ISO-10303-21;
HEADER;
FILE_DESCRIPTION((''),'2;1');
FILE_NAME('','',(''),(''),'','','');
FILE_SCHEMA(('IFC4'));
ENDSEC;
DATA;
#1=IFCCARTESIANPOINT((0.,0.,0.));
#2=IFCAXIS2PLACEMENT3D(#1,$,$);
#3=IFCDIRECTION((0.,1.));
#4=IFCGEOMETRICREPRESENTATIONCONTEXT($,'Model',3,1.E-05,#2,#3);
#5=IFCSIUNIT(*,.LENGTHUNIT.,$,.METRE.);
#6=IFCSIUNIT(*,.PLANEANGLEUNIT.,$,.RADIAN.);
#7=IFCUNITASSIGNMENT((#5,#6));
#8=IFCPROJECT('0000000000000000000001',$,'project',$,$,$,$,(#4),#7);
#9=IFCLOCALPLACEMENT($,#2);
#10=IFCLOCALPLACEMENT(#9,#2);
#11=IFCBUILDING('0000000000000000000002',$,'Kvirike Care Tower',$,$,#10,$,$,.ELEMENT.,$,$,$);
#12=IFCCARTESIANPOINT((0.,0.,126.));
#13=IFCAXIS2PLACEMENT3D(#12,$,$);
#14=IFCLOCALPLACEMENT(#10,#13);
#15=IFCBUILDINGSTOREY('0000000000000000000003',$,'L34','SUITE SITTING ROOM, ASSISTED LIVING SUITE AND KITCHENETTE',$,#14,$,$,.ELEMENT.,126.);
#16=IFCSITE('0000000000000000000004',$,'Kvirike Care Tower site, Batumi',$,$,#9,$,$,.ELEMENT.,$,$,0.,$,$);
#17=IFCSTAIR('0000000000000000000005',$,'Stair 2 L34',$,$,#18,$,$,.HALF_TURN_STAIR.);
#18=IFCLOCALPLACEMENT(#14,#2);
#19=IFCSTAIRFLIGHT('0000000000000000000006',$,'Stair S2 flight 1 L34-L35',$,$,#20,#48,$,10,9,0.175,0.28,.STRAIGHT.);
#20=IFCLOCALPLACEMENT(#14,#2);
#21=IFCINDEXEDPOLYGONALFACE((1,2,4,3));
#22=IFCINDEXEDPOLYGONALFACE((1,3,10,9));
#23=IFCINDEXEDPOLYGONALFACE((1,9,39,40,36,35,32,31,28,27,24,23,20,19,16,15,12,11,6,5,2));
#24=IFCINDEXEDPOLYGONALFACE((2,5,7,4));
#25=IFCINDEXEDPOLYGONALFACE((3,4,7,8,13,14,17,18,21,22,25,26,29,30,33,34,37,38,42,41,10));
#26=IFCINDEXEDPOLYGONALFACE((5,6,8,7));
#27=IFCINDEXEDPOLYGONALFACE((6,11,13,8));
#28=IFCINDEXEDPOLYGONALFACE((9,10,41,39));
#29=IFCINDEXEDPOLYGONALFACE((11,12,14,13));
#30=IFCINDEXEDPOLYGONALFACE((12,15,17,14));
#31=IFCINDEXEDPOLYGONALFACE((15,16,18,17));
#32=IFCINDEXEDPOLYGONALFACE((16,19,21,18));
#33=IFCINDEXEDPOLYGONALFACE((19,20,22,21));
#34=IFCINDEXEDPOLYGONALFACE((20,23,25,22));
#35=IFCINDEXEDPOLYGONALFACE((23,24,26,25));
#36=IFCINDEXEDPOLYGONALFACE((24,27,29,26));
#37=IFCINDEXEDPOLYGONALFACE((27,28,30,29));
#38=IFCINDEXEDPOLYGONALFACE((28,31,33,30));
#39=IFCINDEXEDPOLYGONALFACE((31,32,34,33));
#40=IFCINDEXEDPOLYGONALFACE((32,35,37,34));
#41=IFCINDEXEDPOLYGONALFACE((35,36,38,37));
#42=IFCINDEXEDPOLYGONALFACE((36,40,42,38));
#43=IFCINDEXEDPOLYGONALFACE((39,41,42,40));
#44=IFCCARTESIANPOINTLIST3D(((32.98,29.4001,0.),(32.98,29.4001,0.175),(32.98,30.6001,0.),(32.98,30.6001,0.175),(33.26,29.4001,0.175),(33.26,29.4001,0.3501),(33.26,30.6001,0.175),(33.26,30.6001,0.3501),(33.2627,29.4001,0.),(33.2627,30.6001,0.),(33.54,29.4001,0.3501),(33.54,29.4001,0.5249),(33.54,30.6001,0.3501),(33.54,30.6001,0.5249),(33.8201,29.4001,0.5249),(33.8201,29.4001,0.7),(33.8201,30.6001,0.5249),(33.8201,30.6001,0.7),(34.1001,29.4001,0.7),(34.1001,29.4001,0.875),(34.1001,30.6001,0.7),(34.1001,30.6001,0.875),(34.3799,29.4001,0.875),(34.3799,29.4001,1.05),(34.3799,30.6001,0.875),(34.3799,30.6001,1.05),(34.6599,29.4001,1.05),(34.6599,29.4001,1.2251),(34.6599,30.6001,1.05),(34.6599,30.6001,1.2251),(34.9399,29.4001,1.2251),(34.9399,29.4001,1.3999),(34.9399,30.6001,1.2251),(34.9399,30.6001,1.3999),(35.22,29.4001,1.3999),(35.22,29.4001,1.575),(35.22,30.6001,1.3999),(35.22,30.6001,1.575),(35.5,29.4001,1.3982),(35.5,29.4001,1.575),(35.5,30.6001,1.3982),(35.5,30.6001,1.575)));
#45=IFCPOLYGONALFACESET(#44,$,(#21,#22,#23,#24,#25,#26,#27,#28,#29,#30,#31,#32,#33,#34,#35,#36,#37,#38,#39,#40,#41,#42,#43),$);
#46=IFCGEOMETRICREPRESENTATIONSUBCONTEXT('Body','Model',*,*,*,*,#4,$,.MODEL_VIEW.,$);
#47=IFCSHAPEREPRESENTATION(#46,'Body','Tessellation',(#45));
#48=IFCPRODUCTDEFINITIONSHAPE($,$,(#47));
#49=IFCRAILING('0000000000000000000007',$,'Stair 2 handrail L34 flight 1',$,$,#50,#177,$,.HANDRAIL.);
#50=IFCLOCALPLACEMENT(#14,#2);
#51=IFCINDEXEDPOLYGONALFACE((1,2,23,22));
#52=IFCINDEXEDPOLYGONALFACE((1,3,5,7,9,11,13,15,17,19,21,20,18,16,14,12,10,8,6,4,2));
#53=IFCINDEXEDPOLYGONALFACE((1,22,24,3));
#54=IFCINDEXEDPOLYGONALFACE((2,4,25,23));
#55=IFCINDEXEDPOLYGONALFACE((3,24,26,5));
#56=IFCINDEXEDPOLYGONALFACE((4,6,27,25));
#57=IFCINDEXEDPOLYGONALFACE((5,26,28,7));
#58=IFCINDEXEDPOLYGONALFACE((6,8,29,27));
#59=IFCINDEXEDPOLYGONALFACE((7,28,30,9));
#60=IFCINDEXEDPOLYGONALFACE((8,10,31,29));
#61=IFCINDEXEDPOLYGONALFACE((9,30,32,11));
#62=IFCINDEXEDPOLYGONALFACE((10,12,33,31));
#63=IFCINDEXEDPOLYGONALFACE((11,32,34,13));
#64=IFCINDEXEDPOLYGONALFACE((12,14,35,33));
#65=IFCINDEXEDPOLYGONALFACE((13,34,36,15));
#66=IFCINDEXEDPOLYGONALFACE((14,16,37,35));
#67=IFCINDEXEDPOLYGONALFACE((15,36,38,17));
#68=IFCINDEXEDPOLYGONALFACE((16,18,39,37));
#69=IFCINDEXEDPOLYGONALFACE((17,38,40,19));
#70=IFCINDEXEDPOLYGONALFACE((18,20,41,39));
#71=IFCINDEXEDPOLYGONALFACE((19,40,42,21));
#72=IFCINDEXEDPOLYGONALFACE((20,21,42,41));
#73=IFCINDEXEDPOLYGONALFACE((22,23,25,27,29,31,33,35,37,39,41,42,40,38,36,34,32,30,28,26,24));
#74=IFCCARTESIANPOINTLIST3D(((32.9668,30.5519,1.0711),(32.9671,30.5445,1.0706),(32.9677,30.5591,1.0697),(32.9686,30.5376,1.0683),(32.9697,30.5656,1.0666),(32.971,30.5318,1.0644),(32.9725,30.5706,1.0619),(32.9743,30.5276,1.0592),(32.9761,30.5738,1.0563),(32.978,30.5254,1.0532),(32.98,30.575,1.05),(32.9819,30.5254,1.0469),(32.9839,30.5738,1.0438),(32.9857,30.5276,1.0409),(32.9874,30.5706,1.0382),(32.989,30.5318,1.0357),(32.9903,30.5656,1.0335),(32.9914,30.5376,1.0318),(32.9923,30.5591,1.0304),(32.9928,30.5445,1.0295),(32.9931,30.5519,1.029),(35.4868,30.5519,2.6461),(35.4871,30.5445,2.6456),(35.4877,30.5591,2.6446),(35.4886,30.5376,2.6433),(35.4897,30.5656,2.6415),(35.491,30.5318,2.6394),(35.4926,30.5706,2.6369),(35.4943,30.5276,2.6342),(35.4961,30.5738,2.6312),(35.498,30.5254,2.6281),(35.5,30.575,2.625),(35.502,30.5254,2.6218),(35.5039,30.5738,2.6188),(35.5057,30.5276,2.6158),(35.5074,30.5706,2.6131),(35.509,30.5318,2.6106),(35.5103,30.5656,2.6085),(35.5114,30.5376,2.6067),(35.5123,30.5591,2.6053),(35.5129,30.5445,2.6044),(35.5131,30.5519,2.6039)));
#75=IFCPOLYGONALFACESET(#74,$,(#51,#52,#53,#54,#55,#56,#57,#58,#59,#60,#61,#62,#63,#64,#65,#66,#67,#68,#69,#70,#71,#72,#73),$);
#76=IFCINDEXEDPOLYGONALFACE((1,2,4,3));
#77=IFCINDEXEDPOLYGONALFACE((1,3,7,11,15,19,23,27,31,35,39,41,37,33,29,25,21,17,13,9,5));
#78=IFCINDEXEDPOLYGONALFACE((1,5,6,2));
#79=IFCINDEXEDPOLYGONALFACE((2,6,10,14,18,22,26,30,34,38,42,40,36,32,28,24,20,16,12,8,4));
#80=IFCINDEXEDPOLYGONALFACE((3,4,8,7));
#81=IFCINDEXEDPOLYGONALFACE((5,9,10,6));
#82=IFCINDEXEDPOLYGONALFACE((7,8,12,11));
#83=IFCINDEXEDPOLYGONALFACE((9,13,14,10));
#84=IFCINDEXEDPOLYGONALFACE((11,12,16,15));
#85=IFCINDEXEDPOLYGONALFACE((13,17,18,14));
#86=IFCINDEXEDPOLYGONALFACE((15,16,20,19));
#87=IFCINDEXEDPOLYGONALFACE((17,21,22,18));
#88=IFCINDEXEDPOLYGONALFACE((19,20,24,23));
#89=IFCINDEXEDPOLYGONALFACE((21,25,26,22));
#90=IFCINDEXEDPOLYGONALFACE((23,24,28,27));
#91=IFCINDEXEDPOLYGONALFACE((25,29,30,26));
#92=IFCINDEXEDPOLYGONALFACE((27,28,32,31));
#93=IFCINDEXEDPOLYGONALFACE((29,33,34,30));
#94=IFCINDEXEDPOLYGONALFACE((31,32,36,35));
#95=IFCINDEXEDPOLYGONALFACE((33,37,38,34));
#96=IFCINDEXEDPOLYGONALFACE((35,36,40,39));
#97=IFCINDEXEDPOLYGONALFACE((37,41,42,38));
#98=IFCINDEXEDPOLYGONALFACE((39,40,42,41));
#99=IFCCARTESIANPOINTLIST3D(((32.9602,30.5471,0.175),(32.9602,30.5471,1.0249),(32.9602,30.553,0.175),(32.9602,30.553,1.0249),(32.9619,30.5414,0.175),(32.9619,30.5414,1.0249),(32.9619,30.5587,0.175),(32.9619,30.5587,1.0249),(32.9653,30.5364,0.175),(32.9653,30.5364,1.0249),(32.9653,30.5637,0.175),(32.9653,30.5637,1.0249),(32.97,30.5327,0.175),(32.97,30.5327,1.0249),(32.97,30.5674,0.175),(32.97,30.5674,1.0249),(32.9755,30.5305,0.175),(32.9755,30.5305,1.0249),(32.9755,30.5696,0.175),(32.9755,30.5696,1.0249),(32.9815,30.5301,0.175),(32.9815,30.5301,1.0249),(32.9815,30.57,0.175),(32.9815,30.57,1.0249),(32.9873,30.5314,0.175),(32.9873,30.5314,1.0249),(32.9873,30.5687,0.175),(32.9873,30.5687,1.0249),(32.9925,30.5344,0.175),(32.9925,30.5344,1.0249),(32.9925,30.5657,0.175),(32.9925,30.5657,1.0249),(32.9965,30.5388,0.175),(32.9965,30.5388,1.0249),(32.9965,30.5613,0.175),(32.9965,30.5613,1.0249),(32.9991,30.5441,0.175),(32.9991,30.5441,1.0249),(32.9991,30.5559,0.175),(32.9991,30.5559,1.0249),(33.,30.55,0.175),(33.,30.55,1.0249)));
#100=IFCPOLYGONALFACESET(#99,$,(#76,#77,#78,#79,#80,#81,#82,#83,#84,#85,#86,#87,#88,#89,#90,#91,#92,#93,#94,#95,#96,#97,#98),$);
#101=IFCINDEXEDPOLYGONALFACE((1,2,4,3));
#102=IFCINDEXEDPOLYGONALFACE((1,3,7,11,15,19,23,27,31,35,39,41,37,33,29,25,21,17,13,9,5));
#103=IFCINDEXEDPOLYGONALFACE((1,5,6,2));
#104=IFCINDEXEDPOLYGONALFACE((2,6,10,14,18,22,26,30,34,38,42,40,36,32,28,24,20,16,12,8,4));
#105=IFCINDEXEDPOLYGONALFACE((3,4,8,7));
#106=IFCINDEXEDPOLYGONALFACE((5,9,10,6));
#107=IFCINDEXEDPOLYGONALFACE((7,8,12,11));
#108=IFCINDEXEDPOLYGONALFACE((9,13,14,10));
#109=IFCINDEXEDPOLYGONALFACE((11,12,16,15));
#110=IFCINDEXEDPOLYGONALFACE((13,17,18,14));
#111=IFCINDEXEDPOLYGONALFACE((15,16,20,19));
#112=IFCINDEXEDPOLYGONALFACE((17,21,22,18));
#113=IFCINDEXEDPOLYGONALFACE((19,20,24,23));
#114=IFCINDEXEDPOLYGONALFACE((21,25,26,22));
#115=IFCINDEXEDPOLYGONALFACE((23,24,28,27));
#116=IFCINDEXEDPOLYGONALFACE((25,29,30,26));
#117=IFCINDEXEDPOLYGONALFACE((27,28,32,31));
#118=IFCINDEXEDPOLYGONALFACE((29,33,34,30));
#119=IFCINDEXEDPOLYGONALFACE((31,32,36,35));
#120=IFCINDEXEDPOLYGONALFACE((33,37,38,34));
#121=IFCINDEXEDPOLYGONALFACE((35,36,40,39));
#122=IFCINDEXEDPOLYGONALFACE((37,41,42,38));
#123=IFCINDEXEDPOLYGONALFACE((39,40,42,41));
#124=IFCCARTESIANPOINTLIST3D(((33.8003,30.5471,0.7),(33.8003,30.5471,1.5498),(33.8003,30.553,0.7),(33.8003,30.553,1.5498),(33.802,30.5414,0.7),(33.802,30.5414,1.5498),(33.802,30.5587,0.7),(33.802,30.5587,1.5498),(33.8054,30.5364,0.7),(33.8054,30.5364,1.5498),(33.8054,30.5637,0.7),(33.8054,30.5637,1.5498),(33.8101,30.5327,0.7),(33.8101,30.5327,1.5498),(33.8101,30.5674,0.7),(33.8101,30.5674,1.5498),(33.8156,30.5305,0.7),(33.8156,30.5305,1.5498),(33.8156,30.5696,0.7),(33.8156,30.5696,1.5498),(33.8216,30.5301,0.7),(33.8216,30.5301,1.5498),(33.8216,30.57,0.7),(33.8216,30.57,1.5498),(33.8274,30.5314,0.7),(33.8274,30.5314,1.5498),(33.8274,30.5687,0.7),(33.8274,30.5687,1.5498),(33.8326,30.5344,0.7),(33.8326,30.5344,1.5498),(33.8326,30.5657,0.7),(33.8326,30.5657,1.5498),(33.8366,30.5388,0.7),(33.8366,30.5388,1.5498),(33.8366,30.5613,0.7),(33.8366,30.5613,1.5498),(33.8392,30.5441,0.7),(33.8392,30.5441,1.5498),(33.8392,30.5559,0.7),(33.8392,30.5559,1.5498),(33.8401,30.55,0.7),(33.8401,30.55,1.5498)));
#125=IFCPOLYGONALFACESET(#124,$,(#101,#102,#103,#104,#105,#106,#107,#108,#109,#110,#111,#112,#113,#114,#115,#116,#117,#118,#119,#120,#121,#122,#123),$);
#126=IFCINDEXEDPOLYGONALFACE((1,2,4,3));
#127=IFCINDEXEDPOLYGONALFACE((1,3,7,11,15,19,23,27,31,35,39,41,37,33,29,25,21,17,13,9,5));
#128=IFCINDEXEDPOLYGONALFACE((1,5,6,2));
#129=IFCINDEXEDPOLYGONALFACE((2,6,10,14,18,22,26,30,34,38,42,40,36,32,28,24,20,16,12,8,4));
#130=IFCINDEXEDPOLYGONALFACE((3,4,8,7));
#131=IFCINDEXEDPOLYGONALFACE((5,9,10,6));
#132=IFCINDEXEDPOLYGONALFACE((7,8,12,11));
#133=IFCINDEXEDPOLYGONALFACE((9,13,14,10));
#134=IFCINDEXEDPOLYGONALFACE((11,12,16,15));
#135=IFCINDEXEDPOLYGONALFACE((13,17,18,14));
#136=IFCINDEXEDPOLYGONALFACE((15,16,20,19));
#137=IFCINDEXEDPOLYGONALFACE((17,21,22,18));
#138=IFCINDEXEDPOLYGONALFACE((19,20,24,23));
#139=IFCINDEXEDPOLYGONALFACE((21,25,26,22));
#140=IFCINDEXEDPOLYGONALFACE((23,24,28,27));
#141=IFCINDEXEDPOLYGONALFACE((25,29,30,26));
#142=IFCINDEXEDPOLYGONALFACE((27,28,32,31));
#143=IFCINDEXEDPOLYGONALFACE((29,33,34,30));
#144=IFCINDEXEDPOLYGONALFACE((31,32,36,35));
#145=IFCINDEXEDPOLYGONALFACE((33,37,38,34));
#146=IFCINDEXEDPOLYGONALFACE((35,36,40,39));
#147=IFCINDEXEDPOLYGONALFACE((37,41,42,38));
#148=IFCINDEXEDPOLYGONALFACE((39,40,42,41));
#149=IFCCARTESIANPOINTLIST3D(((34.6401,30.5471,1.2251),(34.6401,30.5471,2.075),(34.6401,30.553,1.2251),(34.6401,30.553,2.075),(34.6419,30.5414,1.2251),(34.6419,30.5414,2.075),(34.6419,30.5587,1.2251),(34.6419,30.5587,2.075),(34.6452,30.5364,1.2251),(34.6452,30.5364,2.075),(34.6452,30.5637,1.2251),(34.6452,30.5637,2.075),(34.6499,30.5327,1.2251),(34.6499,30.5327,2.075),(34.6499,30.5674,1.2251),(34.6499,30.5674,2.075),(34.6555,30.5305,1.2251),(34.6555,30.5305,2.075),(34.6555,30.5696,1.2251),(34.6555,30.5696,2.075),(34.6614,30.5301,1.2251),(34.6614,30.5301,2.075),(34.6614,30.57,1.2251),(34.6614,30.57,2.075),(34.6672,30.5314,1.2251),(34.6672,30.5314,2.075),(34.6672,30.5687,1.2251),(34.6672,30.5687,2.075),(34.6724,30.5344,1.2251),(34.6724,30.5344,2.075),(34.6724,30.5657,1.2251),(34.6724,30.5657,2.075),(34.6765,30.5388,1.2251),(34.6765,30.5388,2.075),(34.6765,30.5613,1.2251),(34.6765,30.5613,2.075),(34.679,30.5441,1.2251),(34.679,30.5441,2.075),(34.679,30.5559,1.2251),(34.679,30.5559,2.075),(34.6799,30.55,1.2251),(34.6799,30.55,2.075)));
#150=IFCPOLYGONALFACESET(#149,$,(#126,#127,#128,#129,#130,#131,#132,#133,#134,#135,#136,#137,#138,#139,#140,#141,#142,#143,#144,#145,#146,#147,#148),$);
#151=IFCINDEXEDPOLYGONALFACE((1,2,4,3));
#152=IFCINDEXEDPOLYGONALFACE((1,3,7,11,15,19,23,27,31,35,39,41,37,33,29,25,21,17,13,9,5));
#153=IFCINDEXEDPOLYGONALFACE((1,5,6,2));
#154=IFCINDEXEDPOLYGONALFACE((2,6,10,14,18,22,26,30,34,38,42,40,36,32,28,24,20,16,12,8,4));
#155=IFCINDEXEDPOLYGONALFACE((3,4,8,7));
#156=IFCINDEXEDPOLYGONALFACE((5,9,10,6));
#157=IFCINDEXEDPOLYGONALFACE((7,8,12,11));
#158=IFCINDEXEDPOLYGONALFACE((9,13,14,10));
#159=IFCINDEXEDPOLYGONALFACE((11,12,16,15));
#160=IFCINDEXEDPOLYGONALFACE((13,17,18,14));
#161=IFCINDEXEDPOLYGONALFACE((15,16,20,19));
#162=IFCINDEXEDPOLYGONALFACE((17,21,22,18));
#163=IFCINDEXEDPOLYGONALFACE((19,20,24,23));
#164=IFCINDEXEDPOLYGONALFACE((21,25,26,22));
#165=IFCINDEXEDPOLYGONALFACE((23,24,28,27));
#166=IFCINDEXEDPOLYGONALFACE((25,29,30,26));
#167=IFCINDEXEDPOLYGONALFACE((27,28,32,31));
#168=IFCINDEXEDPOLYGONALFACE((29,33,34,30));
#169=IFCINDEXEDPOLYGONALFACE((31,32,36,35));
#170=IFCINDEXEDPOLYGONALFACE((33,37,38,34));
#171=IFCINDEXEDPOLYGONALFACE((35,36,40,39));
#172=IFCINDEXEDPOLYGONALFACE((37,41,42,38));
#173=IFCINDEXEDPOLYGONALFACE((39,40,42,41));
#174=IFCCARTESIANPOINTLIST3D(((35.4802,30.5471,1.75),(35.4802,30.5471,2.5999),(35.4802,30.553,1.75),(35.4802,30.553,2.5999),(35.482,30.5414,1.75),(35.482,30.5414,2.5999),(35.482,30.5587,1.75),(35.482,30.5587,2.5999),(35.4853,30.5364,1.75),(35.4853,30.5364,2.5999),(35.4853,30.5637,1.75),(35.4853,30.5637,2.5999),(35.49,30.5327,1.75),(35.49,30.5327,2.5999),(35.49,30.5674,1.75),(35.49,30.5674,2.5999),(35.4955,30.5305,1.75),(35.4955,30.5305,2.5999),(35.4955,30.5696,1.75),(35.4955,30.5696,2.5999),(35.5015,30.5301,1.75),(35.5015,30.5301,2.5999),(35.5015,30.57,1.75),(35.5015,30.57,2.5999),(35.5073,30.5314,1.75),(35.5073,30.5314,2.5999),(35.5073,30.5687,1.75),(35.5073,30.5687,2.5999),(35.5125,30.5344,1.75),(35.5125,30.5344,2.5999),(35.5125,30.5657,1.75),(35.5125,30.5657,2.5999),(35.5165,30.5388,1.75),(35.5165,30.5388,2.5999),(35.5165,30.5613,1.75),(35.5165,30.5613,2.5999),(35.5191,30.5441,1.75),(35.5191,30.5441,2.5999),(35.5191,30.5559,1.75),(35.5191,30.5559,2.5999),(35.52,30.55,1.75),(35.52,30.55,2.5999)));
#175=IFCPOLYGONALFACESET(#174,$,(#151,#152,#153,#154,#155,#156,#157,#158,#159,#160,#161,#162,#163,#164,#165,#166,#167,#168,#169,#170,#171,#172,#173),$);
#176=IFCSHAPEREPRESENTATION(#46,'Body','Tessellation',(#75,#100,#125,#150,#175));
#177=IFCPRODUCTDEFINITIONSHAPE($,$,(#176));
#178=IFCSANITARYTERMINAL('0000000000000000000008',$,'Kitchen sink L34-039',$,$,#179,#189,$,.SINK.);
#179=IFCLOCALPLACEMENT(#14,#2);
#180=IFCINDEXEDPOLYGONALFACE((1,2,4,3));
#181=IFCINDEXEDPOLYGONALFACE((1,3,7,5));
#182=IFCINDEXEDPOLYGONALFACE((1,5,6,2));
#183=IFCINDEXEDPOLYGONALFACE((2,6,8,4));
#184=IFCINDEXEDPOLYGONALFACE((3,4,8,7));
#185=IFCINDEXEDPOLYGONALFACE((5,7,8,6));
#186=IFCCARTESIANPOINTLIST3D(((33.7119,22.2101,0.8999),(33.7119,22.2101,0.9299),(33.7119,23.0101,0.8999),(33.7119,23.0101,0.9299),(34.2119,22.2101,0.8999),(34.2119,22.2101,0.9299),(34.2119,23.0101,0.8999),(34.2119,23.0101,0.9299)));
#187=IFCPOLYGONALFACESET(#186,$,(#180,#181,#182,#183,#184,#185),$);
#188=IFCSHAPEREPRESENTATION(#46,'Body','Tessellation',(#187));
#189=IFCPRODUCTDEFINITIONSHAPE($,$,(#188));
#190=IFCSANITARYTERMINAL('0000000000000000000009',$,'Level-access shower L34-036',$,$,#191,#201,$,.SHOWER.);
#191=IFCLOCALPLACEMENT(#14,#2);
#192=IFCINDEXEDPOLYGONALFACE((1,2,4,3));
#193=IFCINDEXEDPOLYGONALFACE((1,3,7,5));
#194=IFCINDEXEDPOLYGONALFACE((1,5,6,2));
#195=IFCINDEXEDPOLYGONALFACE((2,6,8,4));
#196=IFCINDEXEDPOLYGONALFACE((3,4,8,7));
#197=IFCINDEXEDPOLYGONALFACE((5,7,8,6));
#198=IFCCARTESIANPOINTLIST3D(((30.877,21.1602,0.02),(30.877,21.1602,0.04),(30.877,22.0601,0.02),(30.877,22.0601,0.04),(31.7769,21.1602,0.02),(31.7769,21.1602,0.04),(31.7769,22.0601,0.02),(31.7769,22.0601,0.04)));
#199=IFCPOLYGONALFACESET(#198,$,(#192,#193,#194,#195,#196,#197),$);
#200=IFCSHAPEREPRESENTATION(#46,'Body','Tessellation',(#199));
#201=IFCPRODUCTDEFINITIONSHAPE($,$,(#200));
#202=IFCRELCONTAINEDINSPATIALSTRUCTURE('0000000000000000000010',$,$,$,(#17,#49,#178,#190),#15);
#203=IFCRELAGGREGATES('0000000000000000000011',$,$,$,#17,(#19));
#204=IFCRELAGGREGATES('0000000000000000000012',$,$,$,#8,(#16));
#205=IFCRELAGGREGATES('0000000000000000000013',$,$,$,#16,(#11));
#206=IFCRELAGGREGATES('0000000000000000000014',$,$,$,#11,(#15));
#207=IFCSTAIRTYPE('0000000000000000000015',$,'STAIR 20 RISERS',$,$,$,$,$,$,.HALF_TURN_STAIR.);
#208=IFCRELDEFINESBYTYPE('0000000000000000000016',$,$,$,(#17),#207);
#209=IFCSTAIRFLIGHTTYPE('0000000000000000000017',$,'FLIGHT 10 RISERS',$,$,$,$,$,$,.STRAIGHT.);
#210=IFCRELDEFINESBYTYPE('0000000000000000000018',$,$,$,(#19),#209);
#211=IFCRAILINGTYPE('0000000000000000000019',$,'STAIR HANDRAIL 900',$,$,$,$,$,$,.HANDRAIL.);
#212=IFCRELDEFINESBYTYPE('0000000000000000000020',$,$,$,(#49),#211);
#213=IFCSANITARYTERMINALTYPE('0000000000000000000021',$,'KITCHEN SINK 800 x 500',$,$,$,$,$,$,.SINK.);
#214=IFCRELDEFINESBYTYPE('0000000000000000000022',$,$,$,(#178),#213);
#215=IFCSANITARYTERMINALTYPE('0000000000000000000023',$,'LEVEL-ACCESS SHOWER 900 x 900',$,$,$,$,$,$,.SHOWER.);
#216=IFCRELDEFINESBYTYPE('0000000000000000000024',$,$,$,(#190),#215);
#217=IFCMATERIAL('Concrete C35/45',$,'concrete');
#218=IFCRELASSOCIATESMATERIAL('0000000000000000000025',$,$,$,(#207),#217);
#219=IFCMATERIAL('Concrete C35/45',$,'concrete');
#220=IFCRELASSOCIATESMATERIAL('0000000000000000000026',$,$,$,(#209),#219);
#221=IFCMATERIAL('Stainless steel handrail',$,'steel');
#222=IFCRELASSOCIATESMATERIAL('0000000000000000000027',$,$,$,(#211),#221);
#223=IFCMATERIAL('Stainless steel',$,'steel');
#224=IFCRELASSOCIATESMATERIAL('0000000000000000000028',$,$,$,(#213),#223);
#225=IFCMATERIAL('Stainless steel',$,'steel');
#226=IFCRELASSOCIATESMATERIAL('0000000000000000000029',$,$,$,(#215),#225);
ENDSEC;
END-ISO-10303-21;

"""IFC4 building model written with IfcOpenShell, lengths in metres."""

from ifc_helpers import new_model, si_unit, direction, frame, origin, origin_2d, place, context, subcontext, project, spatial, polyline, rectangle, circle, outline, extrude, material, type_object, element, aggregate, save


model = new_model("IFC4")

# Units and contexts
model_context = context("Model", 3, precision=1e-05, world=origin(), true_north=direction((0.0, 1.0)))
body_context = subcontext(model_context, "Body", "Model", "MODEL_VIEW")
ifc_project = project(units=[si_unit("LENGTHUNIT", "METRE"), si_unit("PLANEANGLEUNIT", "RADIAN")], contexts=[model_context])

# Site, building, storey
site_placement = place(None, origin())
site = spatial("IfcSite", under=ifc_project, at=site_placement, Name="Kvirike Care Tower site, Batumi", CompositionType="ELEMENT", RefElevation=0.0)
building_placement = place(site_placement, origin())
building = spatial("IfcBuilding", under=site, at=building_placement, Name="Kvirike Care Tower", CompositionType="ELEMENT")
storey_placement = place(building_placement, frame((0.0, 0.0, 126.0)))
storey = spatial("IfcBuildingStorey", under=building, at=storey_placement, Name="L34", Description="SUITE SITTING ROOM, ASSISTED LIVING SUITE AND KITCHENETTE", CompositionType="ELEMENT", Elevation=126.0)

# Stair, stair flight
ifc_material_1 = material(Name="Concrete C35/45", Category="concrete")
stair_type = type_object("IfcStairType", Name="STAIR 20 RISERS", PredefinedType="HALF_TURN_STAIR", material=ifc_material_1)
stair_placement = place(storey_placement, origin())
stair = element("IfcStair", 1, at=stair_placement, inside=storey, type_object=stair_type, Name="Stair 2 L34", PredefinedType="HALF_TURN_STAIR")
ifc_material_2 = material(Name="Concrete C35/45", Category="concrete")
stair_flight_type = type_object("IfcStairFlightType", Name="FLIGHT 10 RISERS", PredefinedType="STRAIGHT", material=ifc_material_2)
stair_flight_placement = place(storey_placement, frame((32.98, 30.0, 0.0), z_axis=(0.0, 0.0, 1.0), x_axis=(1.0, 0.0, 0.0)))
stair_flight = element("IfcStairFlight", 2, at=stair_flight_placement, type_object=stair_flight_type, Name="Stair S2 flight 1 L34-L35", NumberOfRisers=10, NumberOfTreads=9, PredefinedType="STRAIGHT", RiserHeight=0.175, TreadLength=0.28, context=body_context, shape_type="SweptSolid", body=[
    extrude(outline(polyline([(0.0, 0.0), (0.0, 0.175), (0.28, 0.175), (0.28, 0.3501), (0.5601, 0.3501), (0.5601, 0.5249), (0.8401, 0.5249), (0.8401, 0.7), (1.1201, 0.7), (1.1201, 0.875), (1.3999, 0.875), (1.3999, 1.05), (1.6799, 1.05), (1.6799, 1.2251), (1.96, 1.2251), (1.96, 1.3999), (2.24, 1.3999), (2.24, 1.575), (2.52, 1.575), (2.52, 1.75), (2.52, 1.3982), (0.2827, 0.0), (0.0, 0.0)])), frame((0.0, 0.6001, 0.0), z_axis=(0.0, -1.0, 0.0), x_axis=(1.0, 0.0, 0.0)), (0.0, 0.0, 1.0), 1.2),
])
aggregate(stair, [stair_flight])

# Railing
ifc_material_3 = material(Name="Stainless steel handrail", Category="steel")
railing_type = type_object("IfcRailingType", Name="STAIR HANDRAIL 900", PredefinedType="HANDRAIL", material=ifc_material_3)
railing_placement = place(storey_placement, frame((32.98, 30.55, 0.175)))
element("IfcRailing", 3, at=railing_placement, inside=storey, type_object=railing_type, Name="Stair 2 handrail L34 flight 1", PredefinedType="HANDRAIL", context=body_context, shape_type="SweptSolid", body=[
    extrude(circle(Radius=0.0249, at=origin_2d()), frame((0.0, 0.0, 0.875), z_axis=(0.848008, 0.0, 0.529984), x_axis=(0.0, 1.0, 0.0)), (0.0, 0.0, 1.0), 2.9717),
    extrude(circle(Radius=0.02, at=origin_2d()), origin(), (0.0, 0.0, 1.0), 0.8499),
    extrude(circle(Radius=0.02, at=origin_2d()), frame((0.8401, 0.0, 0.5249)), (0.0, 0.0, 1.0), 0.8499),
    extrude(circle(Radius=0.02, at=origin_2d()), frame((1.6799, 0.0, 1.05)), (0.0, 0.0, 1.0), 0.8499),
    extrude(circle(Radius=0.02, at=origin_2d()), frame((2.52, 0.0, 1.575)), (0.0, 0.0, 1.0), 0.8499),
])

# Sanitary terminals
ifc_material_4 = material(Name="Stainless steel", Category="steel")
sanitary_terminal_type_1 = type_object("IfcSanitaryTerminalType", Name="KITCHEN SINK 800 x 500", PredefinedType="SINK", material=ifc_material_4)
sanitary_terminal_1_placement = place(storey_placement, frame((33.9619, 22.6101, 0.8999), z_axis=(0.0, 0.0, 1.0), x_axis=(0.0, 1.0, 0.0)))
element("IfcSanitaryTerminal", 4, at=sanitary_terminal_1_placement, inside=storey, type_object=sanitary_terminal_type_1, Name="Kitchen sink L34-039", PredefinedType="SINK", context=body_context, shape_type="SweptSolid", body=[
    extrude(rectangle(XDim=0.8, YDim=0.5, at=origin_2d()), origin(), (0.0, 0.0, 1.0), 0.03),
])
ifc_material_5 = material(Name="Stainless steel", Category="steel")
sanitary_terminal_type_2 = type_object("IfcSanitaryTerminalType", Name="LEVEL-ACCESS SHOWER 900 x 900", PredefinedType="SHOWER", material=ifc_material_5)
sanitary_terminal_2_placement = place(storey_placement, frame((31.3269, 21.6101, 0.02), z_axis=(0.0, 0.0, 1.0), x_axis=(0.0, 1.0, 0.0)))
element("IfcSanitaryTerminal", 5, at=sanitary_terminal_2_placement, inside=storey, type_object=sanitary_terminal_type_2, Name="Level-access shower L34-036", PredefinedType="SHOWER", context=body_context, shape_type="SweptSolid", body=[
    extrude(rectangle(XDim=0.8999, YDim=0.8999, at=origin_2d()), origin(), (0.0, 0.0, 1.0), 0.02),
])

save(model, "model.ifc")
